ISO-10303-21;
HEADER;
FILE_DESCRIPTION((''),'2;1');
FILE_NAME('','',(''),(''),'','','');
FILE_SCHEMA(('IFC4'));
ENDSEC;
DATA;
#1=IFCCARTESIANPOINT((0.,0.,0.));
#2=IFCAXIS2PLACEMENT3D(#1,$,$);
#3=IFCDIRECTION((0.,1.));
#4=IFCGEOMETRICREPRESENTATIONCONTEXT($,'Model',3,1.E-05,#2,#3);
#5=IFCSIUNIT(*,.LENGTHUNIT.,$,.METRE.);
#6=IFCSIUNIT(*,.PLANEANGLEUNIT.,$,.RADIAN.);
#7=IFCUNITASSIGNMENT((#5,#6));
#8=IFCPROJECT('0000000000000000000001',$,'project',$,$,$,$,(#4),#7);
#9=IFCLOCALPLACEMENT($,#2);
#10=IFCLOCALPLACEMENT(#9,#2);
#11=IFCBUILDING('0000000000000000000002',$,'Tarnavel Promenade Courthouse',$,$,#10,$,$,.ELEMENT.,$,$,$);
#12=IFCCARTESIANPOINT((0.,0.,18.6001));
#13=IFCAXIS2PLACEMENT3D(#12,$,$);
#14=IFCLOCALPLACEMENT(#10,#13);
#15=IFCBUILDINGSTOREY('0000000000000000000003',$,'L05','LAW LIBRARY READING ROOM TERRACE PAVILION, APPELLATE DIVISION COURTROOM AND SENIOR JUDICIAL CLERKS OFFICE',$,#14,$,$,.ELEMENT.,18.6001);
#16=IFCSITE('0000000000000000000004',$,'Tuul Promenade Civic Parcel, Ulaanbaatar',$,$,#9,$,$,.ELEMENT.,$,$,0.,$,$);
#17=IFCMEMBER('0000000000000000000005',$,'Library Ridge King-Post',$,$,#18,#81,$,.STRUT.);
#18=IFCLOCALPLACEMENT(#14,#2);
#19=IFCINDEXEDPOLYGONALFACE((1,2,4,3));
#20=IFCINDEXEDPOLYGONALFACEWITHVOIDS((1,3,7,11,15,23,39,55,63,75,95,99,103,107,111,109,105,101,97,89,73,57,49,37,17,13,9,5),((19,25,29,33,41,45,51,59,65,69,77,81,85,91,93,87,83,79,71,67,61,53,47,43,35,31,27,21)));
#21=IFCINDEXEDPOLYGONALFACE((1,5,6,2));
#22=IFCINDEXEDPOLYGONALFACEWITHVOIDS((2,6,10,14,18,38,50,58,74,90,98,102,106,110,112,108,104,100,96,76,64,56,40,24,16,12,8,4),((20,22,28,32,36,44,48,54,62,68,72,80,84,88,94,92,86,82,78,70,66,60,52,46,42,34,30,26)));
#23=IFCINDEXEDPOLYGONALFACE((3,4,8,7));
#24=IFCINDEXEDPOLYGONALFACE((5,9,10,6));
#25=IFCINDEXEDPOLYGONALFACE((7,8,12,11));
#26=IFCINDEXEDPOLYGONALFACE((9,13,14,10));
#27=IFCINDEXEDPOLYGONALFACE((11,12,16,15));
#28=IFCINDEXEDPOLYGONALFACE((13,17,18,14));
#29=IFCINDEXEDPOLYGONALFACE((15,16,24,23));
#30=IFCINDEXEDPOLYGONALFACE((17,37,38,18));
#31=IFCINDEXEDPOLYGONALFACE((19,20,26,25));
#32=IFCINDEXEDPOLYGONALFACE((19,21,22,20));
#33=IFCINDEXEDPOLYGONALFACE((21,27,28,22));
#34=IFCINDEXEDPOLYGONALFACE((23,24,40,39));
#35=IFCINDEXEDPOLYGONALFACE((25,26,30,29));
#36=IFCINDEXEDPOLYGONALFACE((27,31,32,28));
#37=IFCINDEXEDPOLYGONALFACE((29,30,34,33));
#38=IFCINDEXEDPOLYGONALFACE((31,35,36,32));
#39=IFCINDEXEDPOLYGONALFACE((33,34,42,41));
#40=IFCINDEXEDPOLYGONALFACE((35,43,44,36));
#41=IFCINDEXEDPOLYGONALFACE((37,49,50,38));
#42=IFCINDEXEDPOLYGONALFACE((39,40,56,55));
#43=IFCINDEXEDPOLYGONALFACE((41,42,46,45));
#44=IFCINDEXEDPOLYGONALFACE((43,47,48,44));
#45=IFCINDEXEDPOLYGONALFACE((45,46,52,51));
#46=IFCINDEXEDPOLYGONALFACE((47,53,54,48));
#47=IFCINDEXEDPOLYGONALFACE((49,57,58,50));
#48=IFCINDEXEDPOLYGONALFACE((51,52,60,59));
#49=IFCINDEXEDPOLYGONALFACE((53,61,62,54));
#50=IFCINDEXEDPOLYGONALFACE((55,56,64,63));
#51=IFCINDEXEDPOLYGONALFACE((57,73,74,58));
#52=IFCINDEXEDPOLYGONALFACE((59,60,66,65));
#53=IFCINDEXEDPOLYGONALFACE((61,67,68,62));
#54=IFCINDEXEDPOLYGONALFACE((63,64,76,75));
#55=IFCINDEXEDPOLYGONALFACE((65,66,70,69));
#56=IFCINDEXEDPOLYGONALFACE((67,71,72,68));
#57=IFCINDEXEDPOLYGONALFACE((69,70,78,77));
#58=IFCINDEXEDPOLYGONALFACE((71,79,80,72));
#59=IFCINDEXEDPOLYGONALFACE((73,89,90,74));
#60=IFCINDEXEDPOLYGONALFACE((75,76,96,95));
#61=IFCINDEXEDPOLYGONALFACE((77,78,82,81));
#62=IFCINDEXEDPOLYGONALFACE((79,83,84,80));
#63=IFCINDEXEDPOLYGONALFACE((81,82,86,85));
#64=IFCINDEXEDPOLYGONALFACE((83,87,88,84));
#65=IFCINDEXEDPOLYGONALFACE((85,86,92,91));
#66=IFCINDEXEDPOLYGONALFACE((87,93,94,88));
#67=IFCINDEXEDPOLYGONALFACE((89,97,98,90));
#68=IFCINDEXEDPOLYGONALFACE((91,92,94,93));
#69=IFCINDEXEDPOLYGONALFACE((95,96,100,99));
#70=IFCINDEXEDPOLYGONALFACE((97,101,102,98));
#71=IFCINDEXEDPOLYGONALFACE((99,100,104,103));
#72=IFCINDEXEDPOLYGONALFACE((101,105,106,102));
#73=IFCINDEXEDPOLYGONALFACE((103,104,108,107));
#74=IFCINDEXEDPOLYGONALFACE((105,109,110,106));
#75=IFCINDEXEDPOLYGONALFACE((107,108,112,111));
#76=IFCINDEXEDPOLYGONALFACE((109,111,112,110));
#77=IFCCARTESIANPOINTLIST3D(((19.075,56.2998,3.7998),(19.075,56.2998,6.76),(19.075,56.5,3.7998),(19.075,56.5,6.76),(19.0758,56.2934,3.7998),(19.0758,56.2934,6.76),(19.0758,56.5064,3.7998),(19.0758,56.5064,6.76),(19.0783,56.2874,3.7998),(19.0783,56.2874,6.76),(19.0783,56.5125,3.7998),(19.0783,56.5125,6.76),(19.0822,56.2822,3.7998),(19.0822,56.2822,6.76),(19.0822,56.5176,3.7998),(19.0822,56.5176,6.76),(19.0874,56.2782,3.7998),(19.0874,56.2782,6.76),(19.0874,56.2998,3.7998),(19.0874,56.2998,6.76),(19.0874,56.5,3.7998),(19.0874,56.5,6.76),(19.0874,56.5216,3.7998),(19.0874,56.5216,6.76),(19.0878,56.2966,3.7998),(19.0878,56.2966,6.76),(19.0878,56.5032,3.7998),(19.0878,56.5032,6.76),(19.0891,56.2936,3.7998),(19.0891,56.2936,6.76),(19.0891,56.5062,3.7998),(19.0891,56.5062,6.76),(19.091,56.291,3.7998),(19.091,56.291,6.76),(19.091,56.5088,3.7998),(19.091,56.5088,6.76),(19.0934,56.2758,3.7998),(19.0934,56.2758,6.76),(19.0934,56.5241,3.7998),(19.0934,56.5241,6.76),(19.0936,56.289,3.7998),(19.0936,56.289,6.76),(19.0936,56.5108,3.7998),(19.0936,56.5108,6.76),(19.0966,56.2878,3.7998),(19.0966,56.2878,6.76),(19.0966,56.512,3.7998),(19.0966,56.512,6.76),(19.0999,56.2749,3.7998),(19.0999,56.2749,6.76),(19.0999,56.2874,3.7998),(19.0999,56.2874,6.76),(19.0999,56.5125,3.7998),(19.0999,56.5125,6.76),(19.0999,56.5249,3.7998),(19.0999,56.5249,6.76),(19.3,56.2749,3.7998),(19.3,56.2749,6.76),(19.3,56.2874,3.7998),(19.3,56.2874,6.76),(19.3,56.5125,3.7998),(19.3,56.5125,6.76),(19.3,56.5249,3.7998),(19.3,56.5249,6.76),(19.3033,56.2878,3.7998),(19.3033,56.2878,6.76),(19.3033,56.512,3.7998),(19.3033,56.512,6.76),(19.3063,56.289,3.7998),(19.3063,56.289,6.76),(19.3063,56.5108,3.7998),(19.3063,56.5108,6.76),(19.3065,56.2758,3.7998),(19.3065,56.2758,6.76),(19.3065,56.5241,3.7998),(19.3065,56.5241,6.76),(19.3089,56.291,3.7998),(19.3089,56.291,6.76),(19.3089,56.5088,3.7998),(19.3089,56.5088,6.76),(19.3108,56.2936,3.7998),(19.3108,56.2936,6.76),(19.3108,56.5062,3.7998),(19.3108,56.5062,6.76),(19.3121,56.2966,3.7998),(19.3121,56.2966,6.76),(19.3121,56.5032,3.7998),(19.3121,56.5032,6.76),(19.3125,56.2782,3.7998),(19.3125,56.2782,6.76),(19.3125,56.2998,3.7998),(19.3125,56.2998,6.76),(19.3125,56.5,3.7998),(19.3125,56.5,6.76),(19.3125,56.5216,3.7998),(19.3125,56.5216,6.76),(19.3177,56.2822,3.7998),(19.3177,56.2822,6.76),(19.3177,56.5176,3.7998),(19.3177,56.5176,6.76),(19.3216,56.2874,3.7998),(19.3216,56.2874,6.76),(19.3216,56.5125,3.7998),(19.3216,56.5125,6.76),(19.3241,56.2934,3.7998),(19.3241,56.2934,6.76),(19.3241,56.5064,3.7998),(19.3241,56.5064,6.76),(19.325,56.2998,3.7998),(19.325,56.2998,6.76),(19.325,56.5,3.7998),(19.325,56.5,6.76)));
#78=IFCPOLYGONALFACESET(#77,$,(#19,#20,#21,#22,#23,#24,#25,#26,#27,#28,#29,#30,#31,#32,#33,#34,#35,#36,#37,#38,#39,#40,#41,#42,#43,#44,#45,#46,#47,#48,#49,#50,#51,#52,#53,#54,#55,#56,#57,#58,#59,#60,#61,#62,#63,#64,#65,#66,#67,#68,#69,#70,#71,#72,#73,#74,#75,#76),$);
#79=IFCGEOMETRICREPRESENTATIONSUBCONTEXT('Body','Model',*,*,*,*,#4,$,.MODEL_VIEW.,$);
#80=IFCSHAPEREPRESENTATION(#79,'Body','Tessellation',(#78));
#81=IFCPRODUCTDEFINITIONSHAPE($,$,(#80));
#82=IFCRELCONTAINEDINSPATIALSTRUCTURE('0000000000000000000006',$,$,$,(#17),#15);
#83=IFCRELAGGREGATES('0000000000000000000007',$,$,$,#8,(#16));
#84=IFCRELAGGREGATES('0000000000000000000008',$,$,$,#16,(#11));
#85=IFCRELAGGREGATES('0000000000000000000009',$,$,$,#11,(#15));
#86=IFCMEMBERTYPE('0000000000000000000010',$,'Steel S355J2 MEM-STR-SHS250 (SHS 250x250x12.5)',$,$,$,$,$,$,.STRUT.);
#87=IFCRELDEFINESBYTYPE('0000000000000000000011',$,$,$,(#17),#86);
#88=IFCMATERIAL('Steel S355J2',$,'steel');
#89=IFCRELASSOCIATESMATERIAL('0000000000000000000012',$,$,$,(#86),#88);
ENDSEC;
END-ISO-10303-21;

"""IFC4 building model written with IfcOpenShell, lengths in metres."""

from ifc_helpers import new_model, si_unit, direction, frame, origin, origin_2d, place, context, subcontext, project, spatial, hollow_rectangle, extrude, material, material_profile, profile_set, type_object, element, save


model = new_model("IFC4")

# Units and contexts
model_context = context("Model", 3, precision=1e-05, world=origin(), true_north=direction((0.0, 1.0)))
body_context = subcontext(model_context, "Body", "Model", "MODEL_VIEW")
ifc_project = project(units=[si_unit("LENGTHUNIT", "METRE"), si_unit("PLANEANGLEUNIT", "RADIAN")], contexts=[model_context])

# Site, building, storey
site_placement = place(None, origin())
site = spatial("IfcSite", under=ifc_project, at=site_placement, Name="Tuul Promenade Civic Parcel, Ulaanbaatar", CompositionType="ELEMENT", RefElevation=0.0)
building_placement = place(site_placement, origin())
building = spatial("IfcBuilding", under=site, at=building_placement, Name="Tarnavel Promenade Courthouse", CompositionType="ELEMENT")
storey_placement = place(building_placement, frame((0.0, 0.0, 18.6001)))
storey = spatial("IfcBuildingStorey", under=building, at=storey_placement, Name="L05", Description="LAW LIBRARY READING ROOM TERRACE PAVILION, APPELLATE DIVISION COURTROOM AND SENIOR JUDICIAL CLERKS OFFICE", CompositionType="ELEMENT", Elevation=18.6001)

# Shared definitions
ifc_material_1 = material(Name="Steel S355J2", Category="steel")

# Member
ifc_material_profile_1 = material_profile(ifc_material_1, hollow_rectangle(XDim=0.25, YDim=0.25, WallThickness=0.0125, InnerFilletRadius=0.0125, OuterFilletRadius=0.0249, at=origin_2d()), Name="SHS 250x250x12.5")
ifc_profile_set_1 = profile_set([ifc_material_profile_1], Name="Steel S355J2")
member_type = type_object("IfcMemberType", Name="Steel S355J2 MEM-STR-SHS250 (SHS 250x250x12.5)", PredefinedType="STRUT", material=ifc_profile_set_1)
member_placement = place(storey_placement, frame((19.2, 56.3999, 3.7998), z_axis=(0.0, 0.0, 1.0), x_axis=(1.0, 0.0, 0.0)))
element("IfcMember", 1, at=member_placement, inside=storey, type_object=member_type, Name="Library Ridge King-Post", PredefinedType="STRUT", context=body_context, shape_type="SweptSolid", body=[
    extrude(hollow_rectangle(XDim=0.25, YDim=0.25, WallThickness=0.0125, InnerFilletRadius=0.0125, OuterFilletRadius=0.0249, at=origin_2d()), origin(), (0.0, 0.0, 1.0), 2.9602),
])

save(model, "model.ifc")
